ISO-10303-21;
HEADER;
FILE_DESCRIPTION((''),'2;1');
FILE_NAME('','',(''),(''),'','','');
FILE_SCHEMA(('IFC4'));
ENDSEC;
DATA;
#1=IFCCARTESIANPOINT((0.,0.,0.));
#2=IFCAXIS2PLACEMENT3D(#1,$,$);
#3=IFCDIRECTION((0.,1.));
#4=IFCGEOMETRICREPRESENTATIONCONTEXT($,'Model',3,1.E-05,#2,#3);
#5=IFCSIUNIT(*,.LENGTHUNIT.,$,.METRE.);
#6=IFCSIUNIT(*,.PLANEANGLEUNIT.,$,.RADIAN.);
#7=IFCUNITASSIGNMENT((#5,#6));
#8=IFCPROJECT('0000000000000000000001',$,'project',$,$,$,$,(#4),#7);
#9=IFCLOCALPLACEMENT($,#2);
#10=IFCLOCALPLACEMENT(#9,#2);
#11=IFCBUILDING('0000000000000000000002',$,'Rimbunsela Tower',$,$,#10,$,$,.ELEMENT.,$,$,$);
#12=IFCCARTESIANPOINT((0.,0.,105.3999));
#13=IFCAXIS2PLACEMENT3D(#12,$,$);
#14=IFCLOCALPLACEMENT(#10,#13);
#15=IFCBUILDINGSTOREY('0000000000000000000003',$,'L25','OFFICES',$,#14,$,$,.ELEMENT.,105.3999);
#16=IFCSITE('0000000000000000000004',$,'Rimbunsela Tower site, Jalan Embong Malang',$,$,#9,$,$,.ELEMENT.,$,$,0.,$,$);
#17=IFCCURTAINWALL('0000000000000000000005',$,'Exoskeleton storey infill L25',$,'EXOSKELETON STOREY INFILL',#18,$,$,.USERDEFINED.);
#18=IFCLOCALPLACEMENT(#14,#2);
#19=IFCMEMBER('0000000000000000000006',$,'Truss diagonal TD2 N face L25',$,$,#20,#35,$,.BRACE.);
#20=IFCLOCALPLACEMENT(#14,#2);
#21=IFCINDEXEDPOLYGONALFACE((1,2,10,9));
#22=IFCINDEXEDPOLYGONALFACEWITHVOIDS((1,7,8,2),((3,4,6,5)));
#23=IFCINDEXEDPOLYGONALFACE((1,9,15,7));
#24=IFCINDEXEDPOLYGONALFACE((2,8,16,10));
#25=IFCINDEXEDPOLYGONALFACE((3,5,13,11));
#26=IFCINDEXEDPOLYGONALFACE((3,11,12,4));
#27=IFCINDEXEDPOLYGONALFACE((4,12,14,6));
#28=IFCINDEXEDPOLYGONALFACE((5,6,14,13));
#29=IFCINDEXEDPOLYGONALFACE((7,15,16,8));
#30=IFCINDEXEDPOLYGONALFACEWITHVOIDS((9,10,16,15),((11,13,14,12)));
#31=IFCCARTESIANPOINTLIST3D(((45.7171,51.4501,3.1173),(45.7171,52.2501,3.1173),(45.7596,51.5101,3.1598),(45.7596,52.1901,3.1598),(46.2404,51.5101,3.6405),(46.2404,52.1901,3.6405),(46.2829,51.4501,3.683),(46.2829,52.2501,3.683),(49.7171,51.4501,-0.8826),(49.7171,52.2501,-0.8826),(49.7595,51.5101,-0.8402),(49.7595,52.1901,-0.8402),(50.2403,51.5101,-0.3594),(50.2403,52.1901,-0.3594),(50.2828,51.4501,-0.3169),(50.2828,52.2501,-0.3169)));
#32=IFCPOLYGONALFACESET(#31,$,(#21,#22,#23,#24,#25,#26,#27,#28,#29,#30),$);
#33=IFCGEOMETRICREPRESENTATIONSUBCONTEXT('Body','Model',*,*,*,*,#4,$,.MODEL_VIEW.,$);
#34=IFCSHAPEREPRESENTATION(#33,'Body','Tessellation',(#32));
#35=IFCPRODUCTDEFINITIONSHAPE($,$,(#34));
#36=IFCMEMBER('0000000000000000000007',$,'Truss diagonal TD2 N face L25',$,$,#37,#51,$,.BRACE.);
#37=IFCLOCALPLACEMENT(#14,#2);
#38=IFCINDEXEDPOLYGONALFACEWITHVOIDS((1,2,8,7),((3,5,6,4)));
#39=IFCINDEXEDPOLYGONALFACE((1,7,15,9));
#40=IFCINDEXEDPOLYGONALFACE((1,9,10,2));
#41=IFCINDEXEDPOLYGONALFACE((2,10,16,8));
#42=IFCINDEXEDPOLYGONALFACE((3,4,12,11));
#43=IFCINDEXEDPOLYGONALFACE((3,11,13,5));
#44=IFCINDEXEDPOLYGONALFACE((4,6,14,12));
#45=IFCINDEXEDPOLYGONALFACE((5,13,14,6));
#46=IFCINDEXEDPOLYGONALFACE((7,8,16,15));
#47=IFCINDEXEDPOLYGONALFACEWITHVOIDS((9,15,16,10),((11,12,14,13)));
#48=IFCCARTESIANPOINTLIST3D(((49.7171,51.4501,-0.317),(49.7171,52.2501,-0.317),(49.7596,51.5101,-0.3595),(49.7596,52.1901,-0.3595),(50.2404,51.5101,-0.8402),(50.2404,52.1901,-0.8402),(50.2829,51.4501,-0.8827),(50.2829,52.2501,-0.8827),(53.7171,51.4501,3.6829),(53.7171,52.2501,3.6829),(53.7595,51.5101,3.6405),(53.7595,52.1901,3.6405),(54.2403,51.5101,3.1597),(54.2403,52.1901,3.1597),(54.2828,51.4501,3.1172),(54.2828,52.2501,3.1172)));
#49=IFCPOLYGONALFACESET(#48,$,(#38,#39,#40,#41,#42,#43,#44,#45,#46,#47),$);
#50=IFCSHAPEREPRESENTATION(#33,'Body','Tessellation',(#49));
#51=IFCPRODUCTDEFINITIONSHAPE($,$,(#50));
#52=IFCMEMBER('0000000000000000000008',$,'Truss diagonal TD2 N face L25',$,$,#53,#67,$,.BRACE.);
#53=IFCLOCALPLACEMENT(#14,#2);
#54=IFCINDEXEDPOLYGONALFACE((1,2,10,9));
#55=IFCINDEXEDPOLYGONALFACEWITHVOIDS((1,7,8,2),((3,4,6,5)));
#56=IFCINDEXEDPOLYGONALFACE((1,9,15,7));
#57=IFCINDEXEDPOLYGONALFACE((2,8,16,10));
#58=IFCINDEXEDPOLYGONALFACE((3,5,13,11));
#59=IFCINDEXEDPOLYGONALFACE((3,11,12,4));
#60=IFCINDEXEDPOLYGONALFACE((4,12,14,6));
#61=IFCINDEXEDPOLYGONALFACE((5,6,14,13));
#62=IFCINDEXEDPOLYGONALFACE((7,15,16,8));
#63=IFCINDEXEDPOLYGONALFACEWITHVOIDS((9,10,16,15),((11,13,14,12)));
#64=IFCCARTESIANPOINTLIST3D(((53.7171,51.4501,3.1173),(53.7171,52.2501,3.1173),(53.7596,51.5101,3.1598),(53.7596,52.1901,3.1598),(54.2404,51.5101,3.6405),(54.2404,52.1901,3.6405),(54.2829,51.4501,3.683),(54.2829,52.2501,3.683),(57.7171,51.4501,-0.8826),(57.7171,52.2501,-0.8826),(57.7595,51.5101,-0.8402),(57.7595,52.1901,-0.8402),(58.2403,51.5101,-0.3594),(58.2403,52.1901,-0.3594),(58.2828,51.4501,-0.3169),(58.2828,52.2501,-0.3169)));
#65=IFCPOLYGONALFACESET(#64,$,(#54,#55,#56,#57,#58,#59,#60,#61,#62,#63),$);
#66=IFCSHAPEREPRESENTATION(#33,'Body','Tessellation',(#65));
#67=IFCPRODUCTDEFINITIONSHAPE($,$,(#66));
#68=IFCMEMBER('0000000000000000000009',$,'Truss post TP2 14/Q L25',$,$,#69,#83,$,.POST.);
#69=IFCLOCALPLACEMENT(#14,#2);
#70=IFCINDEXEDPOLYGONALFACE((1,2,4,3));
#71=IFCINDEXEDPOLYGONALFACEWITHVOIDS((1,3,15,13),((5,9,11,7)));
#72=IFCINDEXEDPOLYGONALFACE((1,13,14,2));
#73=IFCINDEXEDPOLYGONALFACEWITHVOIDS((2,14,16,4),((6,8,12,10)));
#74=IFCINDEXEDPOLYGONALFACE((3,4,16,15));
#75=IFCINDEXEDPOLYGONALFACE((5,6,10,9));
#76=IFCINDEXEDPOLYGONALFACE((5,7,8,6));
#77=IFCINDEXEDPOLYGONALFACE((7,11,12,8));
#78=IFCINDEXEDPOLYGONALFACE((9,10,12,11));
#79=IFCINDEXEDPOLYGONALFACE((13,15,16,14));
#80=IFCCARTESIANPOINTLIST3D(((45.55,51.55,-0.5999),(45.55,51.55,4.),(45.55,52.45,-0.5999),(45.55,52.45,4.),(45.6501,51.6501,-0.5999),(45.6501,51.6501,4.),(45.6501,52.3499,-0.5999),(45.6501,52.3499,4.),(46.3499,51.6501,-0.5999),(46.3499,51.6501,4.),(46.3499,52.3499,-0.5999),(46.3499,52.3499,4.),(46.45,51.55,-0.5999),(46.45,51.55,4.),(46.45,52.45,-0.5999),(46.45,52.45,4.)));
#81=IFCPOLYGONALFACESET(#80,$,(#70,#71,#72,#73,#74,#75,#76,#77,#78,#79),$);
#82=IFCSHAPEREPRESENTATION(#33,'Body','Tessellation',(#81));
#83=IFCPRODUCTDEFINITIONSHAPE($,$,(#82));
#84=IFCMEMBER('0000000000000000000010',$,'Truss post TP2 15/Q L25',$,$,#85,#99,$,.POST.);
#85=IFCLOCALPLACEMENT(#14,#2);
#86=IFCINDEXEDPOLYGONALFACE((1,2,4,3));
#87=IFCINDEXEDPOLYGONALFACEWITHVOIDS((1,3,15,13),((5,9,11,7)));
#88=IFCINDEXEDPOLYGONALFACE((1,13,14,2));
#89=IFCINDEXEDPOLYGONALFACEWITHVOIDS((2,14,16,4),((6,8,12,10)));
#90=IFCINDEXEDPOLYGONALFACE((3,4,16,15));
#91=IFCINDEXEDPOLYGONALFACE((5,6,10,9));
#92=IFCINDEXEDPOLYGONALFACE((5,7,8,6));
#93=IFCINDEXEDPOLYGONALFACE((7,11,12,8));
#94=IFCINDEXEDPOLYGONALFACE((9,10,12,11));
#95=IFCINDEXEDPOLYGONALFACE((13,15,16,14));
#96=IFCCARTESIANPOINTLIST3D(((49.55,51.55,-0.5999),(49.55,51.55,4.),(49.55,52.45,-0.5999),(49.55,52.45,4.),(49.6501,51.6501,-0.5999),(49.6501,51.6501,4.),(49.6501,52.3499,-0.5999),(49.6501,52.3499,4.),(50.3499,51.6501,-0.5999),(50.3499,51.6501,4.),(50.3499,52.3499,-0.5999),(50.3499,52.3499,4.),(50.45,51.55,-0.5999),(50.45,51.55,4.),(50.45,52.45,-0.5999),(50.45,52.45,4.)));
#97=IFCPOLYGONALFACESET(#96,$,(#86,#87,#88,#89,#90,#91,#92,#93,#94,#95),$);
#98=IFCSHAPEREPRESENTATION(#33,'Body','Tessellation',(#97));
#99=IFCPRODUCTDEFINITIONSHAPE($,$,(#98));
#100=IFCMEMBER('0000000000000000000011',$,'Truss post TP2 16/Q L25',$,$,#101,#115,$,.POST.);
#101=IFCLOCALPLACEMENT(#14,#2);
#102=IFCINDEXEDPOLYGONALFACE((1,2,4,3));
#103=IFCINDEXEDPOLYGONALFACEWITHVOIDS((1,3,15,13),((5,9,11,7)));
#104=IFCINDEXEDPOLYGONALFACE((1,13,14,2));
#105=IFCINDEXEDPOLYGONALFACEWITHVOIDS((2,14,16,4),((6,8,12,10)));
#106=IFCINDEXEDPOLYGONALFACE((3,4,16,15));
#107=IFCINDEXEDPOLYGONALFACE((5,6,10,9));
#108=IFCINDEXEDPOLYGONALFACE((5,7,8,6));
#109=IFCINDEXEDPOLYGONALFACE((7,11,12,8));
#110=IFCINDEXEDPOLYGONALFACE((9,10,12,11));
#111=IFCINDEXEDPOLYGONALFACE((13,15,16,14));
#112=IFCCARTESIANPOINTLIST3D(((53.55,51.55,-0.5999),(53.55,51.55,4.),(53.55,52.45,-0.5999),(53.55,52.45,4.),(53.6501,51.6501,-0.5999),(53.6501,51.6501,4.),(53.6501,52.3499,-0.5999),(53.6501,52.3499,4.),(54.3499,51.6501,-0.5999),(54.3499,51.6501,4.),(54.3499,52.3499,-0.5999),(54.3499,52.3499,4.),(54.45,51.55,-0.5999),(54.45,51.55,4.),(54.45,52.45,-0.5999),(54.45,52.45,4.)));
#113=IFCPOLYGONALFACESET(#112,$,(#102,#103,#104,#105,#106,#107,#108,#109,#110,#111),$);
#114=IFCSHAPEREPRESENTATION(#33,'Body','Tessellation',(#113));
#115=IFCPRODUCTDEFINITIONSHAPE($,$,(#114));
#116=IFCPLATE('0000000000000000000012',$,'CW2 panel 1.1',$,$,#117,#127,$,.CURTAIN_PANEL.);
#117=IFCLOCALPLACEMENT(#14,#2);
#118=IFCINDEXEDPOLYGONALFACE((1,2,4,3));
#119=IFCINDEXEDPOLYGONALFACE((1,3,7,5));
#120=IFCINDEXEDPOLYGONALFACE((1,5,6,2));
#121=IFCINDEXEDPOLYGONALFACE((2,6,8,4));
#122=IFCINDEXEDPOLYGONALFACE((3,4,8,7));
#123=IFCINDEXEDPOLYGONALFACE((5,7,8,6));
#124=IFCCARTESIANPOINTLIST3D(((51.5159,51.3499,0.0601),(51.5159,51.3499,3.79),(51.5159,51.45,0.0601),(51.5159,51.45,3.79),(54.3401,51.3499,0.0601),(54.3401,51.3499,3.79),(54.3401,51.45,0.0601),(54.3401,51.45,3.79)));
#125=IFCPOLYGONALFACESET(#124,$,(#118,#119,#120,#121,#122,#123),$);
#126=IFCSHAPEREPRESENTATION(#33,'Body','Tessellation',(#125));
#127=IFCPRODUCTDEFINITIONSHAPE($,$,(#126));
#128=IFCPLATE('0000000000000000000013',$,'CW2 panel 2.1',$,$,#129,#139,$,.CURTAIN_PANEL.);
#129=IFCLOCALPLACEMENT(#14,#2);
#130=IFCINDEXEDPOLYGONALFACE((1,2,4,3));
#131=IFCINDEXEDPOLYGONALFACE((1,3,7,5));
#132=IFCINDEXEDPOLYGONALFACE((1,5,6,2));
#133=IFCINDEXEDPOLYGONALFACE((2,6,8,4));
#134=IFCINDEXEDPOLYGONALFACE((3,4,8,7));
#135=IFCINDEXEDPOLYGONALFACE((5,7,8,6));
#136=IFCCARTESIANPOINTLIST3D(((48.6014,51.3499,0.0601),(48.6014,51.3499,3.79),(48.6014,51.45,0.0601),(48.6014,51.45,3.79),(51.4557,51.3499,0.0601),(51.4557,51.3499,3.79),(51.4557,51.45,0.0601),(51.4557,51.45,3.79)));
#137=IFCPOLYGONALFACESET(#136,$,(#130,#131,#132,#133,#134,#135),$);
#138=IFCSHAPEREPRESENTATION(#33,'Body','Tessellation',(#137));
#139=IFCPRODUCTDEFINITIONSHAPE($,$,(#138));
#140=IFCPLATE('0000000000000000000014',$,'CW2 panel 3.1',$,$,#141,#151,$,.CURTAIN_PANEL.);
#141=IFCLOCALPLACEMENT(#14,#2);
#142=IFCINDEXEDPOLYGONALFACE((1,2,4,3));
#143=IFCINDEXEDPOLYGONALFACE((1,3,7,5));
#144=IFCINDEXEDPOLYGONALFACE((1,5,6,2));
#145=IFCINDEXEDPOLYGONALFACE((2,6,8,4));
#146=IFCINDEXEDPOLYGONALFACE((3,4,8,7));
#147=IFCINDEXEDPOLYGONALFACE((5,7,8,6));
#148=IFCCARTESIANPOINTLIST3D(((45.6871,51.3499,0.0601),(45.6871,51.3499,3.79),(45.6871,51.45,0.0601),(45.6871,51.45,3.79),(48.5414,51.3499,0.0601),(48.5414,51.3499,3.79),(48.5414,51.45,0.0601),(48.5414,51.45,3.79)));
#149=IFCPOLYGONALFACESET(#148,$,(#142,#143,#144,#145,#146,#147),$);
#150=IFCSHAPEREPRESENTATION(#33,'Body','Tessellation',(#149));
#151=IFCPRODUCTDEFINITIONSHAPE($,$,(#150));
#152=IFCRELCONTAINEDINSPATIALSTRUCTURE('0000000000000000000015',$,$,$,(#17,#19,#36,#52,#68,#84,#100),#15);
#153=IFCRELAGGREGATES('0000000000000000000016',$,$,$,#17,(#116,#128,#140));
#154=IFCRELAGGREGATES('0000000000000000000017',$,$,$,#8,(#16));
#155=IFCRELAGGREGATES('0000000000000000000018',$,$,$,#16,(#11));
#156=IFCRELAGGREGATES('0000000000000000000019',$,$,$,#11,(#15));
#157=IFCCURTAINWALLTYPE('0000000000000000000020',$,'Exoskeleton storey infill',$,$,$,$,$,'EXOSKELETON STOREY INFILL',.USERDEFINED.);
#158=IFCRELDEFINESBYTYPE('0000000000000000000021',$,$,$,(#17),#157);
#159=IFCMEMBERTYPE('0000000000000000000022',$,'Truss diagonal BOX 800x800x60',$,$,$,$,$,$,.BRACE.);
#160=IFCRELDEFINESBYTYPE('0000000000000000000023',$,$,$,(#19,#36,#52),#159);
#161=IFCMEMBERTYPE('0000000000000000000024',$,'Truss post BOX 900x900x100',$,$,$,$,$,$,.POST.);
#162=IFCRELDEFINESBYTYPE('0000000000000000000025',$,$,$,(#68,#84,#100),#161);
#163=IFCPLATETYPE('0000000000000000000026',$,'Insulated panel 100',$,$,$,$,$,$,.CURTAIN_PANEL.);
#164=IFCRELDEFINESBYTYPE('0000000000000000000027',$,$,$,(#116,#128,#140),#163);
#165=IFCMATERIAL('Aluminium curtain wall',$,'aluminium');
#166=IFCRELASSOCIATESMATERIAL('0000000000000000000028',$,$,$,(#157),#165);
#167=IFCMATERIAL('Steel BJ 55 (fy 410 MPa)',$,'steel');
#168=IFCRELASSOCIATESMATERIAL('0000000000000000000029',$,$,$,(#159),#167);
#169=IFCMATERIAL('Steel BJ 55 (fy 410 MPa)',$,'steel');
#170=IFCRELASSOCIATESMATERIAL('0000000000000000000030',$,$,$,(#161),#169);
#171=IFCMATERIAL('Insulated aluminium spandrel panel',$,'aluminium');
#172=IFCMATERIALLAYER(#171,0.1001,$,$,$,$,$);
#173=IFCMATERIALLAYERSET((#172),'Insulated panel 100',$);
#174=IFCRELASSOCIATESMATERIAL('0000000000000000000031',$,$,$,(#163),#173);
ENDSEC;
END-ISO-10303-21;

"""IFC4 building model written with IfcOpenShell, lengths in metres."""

from ifc_helpers import new_model, si_unit, direction, frame, origin, origin_2d, place, context, subcontext, project, spatial, rectangle, hollow_rectangle, extrude, material, layer, layer_set, material_profile, profile_set, type_object, element, aggregate, save


model = new_model("IFC4")

# Units and contexts
model_context = context("Model", 3, precision=1e-05, world=origin(), true_north=direction((0.0, 1.0)))
body_context = subcontext(model_context, "Body", "Model", "MODEL_VIEW")
ifc_project = project(units=[si_unit("LENGTHUNIT", "METRE"), si_unit("PLANEANGLEUNIT", "RADIAN")], contexts=[model_context])

# Site, building, storey
site_placement = place(None, origin())
site = spatial("IfcSite", under=ifc_project, at=site_placement, Name="Rimbunsela Tower site, Jalan Embong Malang", CompositionType="ELEMENT", RefElevation=0.0)
building_placement = place(site_placement, origin())
building = spatial("IfcBuilding", under=site, at=building_placement, Name="Rimbunsela Tower", CompositionType="ELEMENT")
storey_placement = place(building_placement, frame((0.0, 0.0, 105.3999)))
storey = spatial("IfcBuildingStorey", under=building, at=storey_placement, Name="L25", Description="OFFICES", CompositionType="ELEMENT", Elevation=105.3999)

# Curtain wall
ifc_material_1 = material(Name="Aluminium curtain wall", Category="aluminium")
curtain_wall_type = type_object("IfcCurtainWallType", Name="Exoskeleton storey infill", ElementType="EXOSKELETON STOREY INFILL", PredefinedType="USERDEFINED", material=ifc_material_1)
curtain_wall_placement = place(storey_placement, origin())
curtain_wall = element("IfcCurtainWall", 1, at=curtain_wall_placement, inside=storey, type_object=curtain_wall_type, Name="Exoskeleton storey infill L25", ObjectType="EXOSKELETON STOREY INFILL", PredefinedType="USERDEFINED")

# Members
ifc_material_2 = material(Name="Steel BJ 55 (fy 410 MPa)", Category="steel")
ifc_material_profile_1 = material_profile(ifc_material_2, hollow_rectangle(XDim=0.8, YDim=0.8, WallThickness=0.0601, at=origin_2d()), Name="BOX 800x800x60")
ifc_profile_set_1 = profile_set([ifc_material_profile_1], Name="Steel BJ 55 (fy 410 MPa)")
member_type_1 = type_object("IfcMemberType", Name="Truss diagonal BOX 800x800x60", PredefinedType="BRACE", material=ifc_profile_set_1)
for number, where, z_axis, x_axis, name in (
    (2, (46.0, 51.8501, 3.4001), (0.707107, 0.0, -0.707107), (0.0, 1.0, 0.0), "Truss diagonal TD2 N face L25"),
    (3, (50.0, 51.8501, -0.5999), (0.707107, 0.0, 0.707107), (0.0, 1.0, 0.0), "Truss diagonal TD2 N face L25"),
    (4, (54.0, 51.8501, 3.4001), (0.707107, 0.0, -0.707107), (0.0, 1.0, 0.0), "Truss diagonal TD2 N face L25"),
):
    element("IfcMember", number, at=place(storey_placement, frame(where, z_axis=z_axis, x_axis=x_axis)), inside=storey, type_object=member_type_1, Name=name, PredefinedType="BRACE", context=body_context, shape_type="SweptSolid", body=[
        extrude(hollow_rectangle(XDim=0.8, YDim=0.8, WallThickness=0.0601, at=origin_2d()), origin(), (0.0, 0.0, 1.0), 5.6567),
    ])
ifc_material_3 = material(Name="Steel BJ 55 (fy 410 MPa)", Category="steel")
ifc_material_profile_2 = material_profile(ifc_material_3, hollow_rectangle(XDim=0.8999, YDim=0.8999, WallThickness=0.1001, at=origin_2d()), Name="BOX 900x900x100")
ifc_profile_set_2 = profile_set([ifc_material_profile_2], Name="Steel BJ 55 (fy 410 MPa)")
member_type_2 = type_object("IfcMemberType", Name="Truss post BOX 900x900x100", PredefinedType="POST", material=ifc_profile_set_2)
for number, where, z_axis, x_axis, name in (
    (5, (46.0, 52.0, -0.5999), (0.0, 0.0, 1.0), (1.0, 0.0, 0.0), "Truss post TP2 14/Q L25"),
    (6, (50.0, 52.0, -0.5999), (0.0, 0.0, 1.0), (1.0, 0.0, 0.0), "Truss post TP2 15/Q L25"),
    (7, (54.0, 52.0, -0.5999), (0.0, 0.0, 1.0), (1.0, 0.0, 0.0), "Truss post TP2 16/Q L25"),
):
    element("IfcMember", number, at=place(storey_placement, frame(where, z_axis=z_axis, x_axis=x_axis)), inside=storey, type_object=member_type_2, Name=name, PredefinedType="POST", context=body_context, shape_type="SweptSolid", body=[
        extrude(hollow_rectangle(XDim=0.8999, YDim=0.8999, WallThickness=0.1001, at=origin_2d()), origin(), (0.0, 0.0, 1.0), 4.5999),
    ])

# Plates
ifc_material_4 = material(Name="Insulated aluminium spandrel panel", Category="aluminium")
ifc_layer = layer(ifc_material_4, 0.1001)
ifc_layer_set = layer_set([ifc_layer], Name="Insulated panel 100")
plate_type = type_object("IfcPlateType", Name="Insulated panel 100", PredefinedType="CURTAIN_PANEL", material=ifc_layer_set)
plate_1_placement = place(storey_placement, frame((52.928, 51.3999, 0.0601), z_axis=(0.0, 0.0, 1.0), x_axis=(-1.0, 0.0, 0.0)))
plate_1 = element("IfcPlate", 8, at=plate_1_placement, type_object=plate_type, Name="CW2 panel 1.1", PredefinedType="CURTAIN_PANEL", context=body_context, shape_type="SweptSolid", body=[
    extrude(rectangle(XDim=2.8242, YDim=0.1001, at=origin_2d()), origin(), (0.0, 0.0, 1.0), 3.73),
])
plate_2_placement = place(storey_placement, frame((50.0286, 51.3999, 0.0601), z_axis=(0.0, 0.0, 1.0), x_axis=(-1.0, 0.0, 0.0)))
plate_2 = element("IfcPlate", 9, at=plate_2_placement, type_object=plate_type, Name="CW2 panel 2.1", PredefinedType="CURTAIN_PANEL", context=body_context, shape_type="SweptSolid", body=[
    extrude(rectangle(XDim=2.8542, YDim=0.1001, at=origin_2d()), origin(), (0.0, 0.0, 1.0), 3.73),
])
plate_3_placement = place(storey_placement, frame((47.1143, 51.3999, 0.0601), z_axis=(0.0, 0.0, 1.0), x_axis=(-1.0, 0.0, 0.0)))
plate_3 = element("IfcPlate", 10, at=plate_3_placement, type_object=plate_type, Name="CW2 panel 3.1", PredefinedType="CURTAIN_PANEL", context=body_context, shape_type="SweptSolid", body=[
    extrude(rectangle(XDim=2.8542, YDim=0.1001, at=origin_2d()), origin(), (0.0, 0.0, 1.0), 3.73),
])
aggregate(curtain_wall, [plate_1, plate_2, plate_3])

save(model, "model.ifc")
